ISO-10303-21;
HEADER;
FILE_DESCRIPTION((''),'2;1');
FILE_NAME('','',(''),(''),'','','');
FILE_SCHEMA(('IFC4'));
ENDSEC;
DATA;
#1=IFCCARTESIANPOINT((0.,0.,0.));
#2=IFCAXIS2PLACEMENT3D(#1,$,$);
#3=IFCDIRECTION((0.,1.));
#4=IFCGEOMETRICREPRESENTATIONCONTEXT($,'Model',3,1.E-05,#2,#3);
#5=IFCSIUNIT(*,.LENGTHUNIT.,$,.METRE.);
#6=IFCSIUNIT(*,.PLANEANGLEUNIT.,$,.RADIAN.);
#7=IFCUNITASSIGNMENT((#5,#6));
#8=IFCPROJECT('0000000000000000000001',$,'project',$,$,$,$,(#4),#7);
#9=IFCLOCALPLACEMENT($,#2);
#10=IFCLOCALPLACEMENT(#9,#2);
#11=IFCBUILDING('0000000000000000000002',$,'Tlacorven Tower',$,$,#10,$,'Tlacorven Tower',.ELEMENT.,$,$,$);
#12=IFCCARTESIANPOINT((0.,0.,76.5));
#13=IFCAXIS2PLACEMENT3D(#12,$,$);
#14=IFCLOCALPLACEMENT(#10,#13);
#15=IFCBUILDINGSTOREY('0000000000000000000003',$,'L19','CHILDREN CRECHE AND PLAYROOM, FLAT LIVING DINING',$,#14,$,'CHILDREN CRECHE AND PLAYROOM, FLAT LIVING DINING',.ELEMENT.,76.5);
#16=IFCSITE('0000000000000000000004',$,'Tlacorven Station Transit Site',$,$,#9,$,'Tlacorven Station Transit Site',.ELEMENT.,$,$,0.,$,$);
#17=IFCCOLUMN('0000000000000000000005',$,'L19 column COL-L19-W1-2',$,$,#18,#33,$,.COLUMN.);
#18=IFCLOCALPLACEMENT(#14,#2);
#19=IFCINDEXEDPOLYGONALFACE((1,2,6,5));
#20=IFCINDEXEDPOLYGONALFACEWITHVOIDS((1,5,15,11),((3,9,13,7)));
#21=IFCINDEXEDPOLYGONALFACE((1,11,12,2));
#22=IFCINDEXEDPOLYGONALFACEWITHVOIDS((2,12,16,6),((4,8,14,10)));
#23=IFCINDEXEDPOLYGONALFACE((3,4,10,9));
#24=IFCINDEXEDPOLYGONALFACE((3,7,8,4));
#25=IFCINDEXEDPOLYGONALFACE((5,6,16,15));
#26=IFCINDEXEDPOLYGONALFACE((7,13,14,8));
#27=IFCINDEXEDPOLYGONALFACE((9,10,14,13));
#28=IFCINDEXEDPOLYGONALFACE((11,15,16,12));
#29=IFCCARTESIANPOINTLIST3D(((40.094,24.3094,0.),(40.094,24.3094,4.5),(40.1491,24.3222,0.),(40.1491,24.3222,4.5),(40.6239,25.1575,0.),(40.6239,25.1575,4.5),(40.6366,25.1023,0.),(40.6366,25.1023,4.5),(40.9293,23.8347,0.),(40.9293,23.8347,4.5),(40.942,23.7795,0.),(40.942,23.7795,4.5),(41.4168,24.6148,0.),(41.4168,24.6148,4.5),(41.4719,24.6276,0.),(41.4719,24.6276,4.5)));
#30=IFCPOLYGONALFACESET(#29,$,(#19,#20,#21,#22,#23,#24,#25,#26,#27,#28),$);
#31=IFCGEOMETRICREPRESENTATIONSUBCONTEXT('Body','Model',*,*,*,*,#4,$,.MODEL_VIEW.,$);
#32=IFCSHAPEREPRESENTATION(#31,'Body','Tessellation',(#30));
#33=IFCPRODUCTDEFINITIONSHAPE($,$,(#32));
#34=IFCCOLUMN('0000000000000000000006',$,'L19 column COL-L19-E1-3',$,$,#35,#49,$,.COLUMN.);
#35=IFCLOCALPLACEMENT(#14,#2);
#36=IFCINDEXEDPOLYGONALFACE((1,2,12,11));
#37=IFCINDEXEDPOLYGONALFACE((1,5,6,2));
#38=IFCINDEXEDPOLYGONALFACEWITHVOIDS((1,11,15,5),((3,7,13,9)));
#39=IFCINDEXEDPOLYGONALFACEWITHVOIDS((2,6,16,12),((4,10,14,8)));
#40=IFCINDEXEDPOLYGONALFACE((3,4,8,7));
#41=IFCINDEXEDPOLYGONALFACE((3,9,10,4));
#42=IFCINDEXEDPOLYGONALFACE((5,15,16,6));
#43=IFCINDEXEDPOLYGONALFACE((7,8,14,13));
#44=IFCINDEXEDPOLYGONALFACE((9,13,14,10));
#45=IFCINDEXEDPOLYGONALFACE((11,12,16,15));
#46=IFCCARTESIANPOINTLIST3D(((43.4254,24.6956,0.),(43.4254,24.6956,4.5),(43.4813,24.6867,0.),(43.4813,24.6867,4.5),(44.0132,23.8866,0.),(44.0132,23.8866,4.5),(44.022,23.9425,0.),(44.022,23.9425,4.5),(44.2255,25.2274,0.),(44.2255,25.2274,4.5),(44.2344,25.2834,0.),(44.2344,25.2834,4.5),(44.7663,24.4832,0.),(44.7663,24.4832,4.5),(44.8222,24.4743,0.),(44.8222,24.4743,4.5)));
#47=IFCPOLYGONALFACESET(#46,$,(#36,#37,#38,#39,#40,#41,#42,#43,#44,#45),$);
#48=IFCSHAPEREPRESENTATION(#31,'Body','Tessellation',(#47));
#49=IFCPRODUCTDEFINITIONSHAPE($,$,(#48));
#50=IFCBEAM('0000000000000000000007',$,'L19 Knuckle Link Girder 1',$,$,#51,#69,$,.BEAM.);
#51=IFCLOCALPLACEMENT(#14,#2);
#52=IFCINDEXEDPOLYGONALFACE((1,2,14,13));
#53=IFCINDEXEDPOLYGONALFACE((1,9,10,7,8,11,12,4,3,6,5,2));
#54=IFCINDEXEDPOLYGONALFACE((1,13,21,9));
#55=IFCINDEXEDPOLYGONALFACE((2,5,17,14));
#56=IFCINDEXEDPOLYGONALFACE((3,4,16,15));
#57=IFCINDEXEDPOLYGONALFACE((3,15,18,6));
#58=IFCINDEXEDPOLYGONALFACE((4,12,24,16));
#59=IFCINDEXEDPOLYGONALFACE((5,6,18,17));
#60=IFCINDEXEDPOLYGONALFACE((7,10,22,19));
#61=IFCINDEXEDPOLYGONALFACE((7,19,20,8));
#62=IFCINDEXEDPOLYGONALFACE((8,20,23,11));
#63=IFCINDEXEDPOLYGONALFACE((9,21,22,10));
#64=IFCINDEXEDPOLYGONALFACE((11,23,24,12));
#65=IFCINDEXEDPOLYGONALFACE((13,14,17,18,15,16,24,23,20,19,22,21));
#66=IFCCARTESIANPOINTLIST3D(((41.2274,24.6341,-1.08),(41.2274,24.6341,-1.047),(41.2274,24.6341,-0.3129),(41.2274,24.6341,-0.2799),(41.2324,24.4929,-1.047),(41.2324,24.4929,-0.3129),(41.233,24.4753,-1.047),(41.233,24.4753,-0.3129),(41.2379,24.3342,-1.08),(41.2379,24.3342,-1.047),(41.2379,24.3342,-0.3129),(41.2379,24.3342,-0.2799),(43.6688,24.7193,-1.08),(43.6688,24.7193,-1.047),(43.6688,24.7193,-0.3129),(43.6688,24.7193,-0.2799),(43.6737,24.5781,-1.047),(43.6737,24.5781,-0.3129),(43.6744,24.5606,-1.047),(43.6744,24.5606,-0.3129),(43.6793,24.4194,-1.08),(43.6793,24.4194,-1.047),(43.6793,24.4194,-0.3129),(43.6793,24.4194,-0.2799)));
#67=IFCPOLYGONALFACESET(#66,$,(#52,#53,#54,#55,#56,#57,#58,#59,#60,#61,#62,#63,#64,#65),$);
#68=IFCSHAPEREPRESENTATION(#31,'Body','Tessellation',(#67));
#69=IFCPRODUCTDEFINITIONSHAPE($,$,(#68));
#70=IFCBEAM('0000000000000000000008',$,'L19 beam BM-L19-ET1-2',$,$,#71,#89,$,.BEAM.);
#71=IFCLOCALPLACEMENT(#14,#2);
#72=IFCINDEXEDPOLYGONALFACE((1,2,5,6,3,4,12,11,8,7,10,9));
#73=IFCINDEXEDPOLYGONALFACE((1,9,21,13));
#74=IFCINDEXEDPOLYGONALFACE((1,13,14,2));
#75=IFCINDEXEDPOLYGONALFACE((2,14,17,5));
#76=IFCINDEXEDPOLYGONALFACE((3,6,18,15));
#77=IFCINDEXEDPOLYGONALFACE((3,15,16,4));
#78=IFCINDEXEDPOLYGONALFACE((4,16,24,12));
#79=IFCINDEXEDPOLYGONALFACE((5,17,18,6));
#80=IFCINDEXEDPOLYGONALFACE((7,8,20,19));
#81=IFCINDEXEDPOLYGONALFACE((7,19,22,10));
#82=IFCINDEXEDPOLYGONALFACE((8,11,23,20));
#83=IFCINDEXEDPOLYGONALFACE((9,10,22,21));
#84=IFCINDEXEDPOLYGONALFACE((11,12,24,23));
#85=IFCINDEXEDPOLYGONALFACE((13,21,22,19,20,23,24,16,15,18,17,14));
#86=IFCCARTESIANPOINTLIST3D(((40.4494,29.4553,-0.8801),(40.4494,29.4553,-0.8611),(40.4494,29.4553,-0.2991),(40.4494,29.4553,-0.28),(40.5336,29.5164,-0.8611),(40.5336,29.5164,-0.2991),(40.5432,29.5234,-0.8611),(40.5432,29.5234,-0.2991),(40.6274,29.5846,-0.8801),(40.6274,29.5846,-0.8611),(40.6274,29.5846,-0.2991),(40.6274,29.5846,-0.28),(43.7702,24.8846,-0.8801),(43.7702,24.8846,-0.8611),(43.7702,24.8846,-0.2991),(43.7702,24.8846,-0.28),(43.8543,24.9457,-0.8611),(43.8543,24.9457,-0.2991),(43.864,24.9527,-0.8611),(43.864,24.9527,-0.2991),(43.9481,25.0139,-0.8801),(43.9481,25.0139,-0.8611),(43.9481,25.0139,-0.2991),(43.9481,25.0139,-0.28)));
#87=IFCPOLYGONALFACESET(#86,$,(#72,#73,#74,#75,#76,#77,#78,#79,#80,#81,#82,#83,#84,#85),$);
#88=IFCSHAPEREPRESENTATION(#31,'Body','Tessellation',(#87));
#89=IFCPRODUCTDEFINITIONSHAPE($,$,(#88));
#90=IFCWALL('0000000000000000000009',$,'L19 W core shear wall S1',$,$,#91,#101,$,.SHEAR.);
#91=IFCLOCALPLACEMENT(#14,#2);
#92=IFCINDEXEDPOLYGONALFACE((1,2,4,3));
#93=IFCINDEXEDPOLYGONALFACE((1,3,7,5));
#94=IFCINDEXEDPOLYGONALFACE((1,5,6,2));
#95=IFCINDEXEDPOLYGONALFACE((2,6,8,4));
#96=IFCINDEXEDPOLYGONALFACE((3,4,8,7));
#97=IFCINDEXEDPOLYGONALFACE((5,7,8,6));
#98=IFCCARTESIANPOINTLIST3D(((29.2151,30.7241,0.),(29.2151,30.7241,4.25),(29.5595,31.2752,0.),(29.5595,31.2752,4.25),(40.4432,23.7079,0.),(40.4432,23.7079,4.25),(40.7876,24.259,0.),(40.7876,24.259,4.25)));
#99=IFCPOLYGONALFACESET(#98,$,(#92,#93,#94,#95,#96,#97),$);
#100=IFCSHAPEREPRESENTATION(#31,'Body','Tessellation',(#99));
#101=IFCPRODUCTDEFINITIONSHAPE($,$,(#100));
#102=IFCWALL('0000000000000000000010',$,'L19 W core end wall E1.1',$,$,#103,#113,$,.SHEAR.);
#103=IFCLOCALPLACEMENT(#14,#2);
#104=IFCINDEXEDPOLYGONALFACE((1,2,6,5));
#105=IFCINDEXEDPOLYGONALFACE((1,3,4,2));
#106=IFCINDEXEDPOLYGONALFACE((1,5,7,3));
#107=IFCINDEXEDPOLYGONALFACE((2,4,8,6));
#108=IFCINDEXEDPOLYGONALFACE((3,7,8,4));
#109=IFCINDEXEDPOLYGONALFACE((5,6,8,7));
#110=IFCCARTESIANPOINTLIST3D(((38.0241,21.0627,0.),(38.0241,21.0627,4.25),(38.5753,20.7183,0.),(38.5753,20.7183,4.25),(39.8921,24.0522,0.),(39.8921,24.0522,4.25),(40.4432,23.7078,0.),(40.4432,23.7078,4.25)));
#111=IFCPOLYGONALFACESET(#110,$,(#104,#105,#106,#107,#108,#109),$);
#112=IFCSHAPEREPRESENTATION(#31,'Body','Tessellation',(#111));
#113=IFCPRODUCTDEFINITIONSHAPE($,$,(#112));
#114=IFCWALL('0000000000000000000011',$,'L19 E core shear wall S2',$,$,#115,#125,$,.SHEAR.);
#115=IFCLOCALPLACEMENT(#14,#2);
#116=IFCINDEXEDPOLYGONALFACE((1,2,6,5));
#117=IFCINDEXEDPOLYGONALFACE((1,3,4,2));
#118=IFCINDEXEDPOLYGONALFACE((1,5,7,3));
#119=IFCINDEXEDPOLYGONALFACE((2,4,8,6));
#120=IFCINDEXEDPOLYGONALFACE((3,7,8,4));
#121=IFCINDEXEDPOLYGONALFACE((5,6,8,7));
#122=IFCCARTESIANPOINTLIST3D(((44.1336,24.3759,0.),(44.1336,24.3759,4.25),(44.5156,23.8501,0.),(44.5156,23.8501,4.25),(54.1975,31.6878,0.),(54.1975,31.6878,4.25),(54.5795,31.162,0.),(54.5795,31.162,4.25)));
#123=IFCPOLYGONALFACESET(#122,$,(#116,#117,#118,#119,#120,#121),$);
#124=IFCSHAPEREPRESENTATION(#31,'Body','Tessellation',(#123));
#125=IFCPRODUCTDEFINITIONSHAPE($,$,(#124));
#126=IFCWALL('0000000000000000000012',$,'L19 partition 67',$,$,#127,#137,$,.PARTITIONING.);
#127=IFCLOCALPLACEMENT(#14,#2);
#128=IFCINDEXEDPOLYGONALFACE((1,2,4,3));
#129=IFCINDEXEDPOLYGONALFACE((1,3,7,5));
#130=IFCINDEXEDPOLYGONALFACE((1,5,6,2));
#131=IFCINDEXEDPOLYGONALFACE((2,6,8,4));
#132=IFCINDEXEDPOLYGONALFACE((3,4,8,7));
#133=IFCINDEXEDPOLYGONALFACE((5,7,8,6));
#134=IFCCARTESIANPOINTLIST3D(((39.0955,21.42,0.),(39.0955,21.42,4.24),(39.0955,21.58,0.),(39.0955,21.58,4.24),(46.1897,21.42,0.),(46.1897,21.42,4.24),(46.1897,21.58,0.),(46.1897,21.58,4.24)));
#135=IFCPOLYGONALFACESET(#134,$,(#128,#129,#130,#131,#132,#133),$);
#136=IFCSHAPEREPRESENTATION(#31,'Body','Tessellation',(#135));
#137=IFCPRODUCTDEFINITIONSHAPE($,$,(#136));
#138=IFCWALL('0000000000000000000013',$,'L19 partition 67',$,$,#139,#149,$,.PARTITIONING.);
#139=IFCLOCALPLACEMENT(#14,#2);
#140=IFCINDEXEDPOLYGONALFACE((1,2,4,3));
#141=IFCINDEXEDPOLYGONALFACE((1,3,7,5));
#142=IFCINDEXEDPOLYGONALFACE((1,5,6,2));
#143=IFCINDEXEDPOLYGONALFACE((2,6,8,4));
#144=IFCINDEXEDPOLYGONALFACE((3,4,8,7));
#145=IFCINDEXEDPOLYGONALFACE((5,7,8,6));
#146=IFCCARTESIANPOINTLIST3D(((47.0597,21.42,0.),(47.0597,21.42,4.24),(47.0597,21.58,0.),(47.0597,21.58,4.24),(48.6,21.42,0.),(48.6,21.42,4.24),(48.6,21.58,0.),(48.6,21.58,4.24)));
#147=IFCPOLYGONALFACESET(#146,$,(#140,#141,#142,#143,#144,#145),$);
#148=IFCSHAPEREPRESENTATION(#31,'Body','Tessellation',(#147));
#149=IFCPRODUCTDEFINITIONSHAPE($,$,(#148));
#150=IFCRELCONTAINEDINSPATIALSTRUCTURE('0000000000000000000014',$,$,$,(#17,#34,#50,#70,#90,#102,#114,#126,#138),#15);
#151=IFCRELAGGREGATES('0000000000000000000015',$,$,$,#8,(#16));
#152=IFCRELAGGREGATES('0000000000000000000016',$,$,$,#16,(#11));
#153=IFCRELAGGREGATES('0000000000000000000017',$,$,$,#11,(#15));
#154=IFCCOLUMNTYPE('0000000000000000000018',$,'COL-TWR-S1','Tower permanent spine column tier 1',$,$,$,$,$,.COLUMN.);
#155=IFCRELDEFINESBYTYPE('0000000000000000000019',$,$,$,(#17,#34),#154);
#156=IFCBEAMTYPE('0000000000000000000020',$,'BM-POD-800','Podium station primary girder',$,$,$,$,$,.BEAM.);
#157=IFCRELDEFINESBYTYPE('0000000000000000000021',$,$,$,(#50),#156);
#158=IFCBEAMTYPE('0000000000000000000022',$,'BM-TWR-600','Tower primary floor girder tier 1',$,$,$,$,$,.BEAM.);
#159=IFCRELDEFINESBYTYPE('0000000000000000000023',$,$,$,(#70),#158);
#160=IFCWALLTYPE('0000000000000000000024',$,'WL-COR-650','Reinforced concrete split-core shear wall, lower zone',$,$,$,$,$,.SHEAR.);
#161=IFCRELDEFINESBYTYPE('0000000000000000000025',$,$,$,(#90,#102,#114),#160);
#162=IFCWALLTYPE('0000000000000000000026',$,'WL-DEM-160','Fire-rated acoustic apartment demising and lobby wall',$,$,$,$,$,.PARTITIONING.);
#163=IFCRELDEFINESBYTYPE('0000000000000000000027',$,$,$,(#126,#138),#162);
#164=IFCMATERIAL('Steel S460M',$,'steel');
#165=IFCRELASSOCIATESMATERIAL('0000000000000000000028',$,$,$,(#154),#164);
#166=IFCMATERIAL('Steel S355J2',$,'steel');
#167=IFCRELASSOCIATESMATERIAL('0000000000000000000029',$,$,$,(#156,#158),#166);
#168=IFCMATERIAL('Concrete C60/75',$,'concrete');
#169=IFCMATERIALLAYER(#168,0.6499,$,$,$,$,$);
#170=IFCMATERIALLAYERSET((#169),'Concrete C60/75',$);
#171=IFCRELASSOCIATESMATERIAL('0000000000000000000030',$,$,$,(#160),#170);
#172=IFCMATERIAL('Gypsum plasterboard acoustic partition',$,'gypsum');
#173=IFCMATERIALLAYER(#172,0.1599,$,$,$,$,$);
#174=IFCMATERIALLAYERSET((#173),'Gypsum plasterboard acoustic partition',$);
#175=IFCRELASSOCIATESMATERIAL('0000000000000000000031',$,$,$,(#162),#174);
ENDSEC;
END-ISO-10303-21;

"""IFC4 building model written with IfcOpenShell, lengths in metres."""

from ifc_helpers import new_model, si_unit, direction, frame, frame_2d, origin, origin_2d, place, context, subcontext, project, spatial, rectangle, hollow_rectangle, i_section, extrude, source, transform, mapped, material, layer, layer_set, material_profile, profile_set, type_object, element, save


model = new_model("IFC4")

# Units and contexts
model_context = context("Model", 3, precision=1e-05, world=origin(), true_north=direction((0.0, 1.0)))
body_context = subcontext(model_context, "Body", "Model", "MODEL_VIEW")
ifc_project = project(units=[si_unit("LENGTHUNIT", "METRE"), si_unit("PLANEANGLEUNIT", "RADIAN")], contexts=[model_context])

# Site, building, storey
site_placement = place(None, origin())
site = spatial("IfcSite", under=ifc_project, at=site_placement, Name="Tlacorven Station Transit Site", LongName="Tlacorven Station Transit Site", CompositionType="ELEMENT", RefElevation=0.0)
building_placement = place(site_placement, origin())
building = spatial("IfcBuilding", under=site, at=building_placement, Name="Tlacorven Tower", LongName="Tlacorven Tower", CompositionType="ELEMENT")
storey_placement = place(building_placement, frame((0.0, 0.0, 76.5)))
storey = spatial("IfcBuildingStorey", under=building, at=storey_placement, Name="L19", Description="CHILDREN CRECHE AND PLAYROOM, FLAT LIVING DINING", LongName="CHILDREN CRECHE AND PLAYROOM, FLAT LIVING DINING", CompositionType="ELEMENT", Elevation=76.5)

# Columns
ifc_material_1 = material(Name="Steel S460M", Category="steel")
ifc_material_profile_1 = material_profile(ifc_material_1, hollow_rectangle(XDim=1.0, YDim=1.0, WallThickness=0.04, at=origin_2d()), Name="BOX 1000X1000X40")
ifc_profile_set_1 = profile_set([ifc_material_profile_1], Name="Steel S460M")
column_type = type_object("IfcColumnType", Name="COL-TWR-S1", Description="Tower permanent spine column tier 1", PredefinedType="COLUMN", material=ifc_profile_set_1)
shared_shape_1 = source(origin(), body_context, "Body", "SweptSolid", [
    extrude(hollow_rectangle(XDim=1.0, YDim=1.0, WallThickness=0.04, at=origin_2d()), origin(), (0.0, 0.0, 1.0), 4.5),
])
for number, where, z_axis, x_axis, name in (
    (1, (40.783, 24.4685, 0.0), (0.0, 0.0, 1.0), (-0.848048, 0.529919, 0.0), "L19 column COL-L19-W1-2"),
    (2, (44.1238, 24.585, 0.0), (0.0, 0.0, 1.0), (0.809017, 0.587785, 0.0), "L19 column COL-L19-E1-3"),
):
    element("IfcColumn", number, at=place(storey_placement, frame(where, z_axis=z_axis, x_axis=x_axis)), inside=storey, type_object=column_type, Name=name, PredefinedType="COLUMN", context=body_context, shape_type="MappedRepresentation", body=[
        mapped(shared_shape_1, transform((0.0, 0.0, 0.0), scale=1.0)),
    ])

# Beams
ifc_material_2 = material(Name="Steel S355J2", Category="steel")
ifc_material_profile_2 = material_profile(ifc_material_2, i_section(OverallWidth=0.3, OverallDepth=0.8, WebThickness=0.0176, FlangeThickness=0.033, at=origin_2d()), Name="HEB 800")
ifc_profile_set_2 = profile_set([ifc_material_profile_2], Name="Steel S355J2")
beam_type_1 = type_object("IfcBeamType", Name="BM-POD-800", Description="Podium station primary girder", PredefinedType="BEAM", material=ifc_profile_set_2)
shared_shape_2 = source(origin(), body_context, "Body", "SweptSolid", [
    extrude(i_section(OverallWidth=0.3, OverallDepth=0.8, WebThickness=0.0176, FlangeThickness=0.033, at=origin_2d()), origin(), (0.0, 0.0, 1.0), 2.4429),
])
beam_1_placement = place(storey_placement, frame((41.2327, 24.4841, -0.6799), z_axis=(0.999392, 0.034879, 0.0), x_axis=(-0.034879, 0.999392, 0.0)))
element("IfcBeam", 3, at=beam_1_placement, inside=storey, type_object=beam_type_1, Name="L19 Knuckle Link Girder 1", PredefinedType="BEAM", context=body_context, shape_type="MappedRepresentation", body=[
    mapped(shared_shape_2, transform((0.0, 0.0, 0.0), scale=1.0)),
])
ifc_material_profile_3 = material_profile(ifc_material_2, i_section(OverallWidth=0.22, OverallDepth=0.6001, WebThickness=0.012, FlangeThickness=0.019, at=origin_2d()), Name="IPE 600")
ifc_profile_set_3 = profile_set([ifc_material_profile_3], Name="Steel S355J2")
beam_type_2 = type_object("IfcBeamType", Name="BM-TWR-600", Description="Tower primary floor girder tier 1", PredefinedType="BEAM", material=ifc_profile_set_3)
shared_shape_3 = source(origin(), body_context, "Body", "SweptSolid", [
    extrude(i_section(OverallWidth=0.22, OverallDepth=0.6001, WebThickness=0.012, FlangeThickness=0.019, at=origin_2d()), origin(), (0.0, 0.0, 1.0), 5.6497),
])
beam_2_placement = place(storey_placement, frame((43.8591, 24.9492, -0.5801), z_axis=(-0.587776, 0.809024, 0.0), x_axis=(-0.809024, -0.587776, 0.0)))
element("IfcBeam", 4, at=beam_2_placement, inside=storey, type_object=beam_type_2, Name="L19 beam BM-L19-ET1-2", PredefinedType="BEAM", context=body_context, shape_type="MappedRepresentation", body=[
    mapped(shared_shape_3, transform((0.0, 0.0, 0.0), scale=1.0)),
])

# Walls
ifc_material_3 = material(Name="Concrete C60/75", Category="concrete")
ifc_layer_1 = layer(ifc_material_3, 0.6499)
ifc_layer_set_1 = layer_set([ifc_layer_1], Name="Concrete C60/75")
wall_type_1 = type_object("IfcWallType", Name="WL-COR-650", Description="Reinforced concrete split-core shear wall, lower zone", PredefinedType="SHEAR", material=ifc_layer_set_1)
wall_1_placement = place(storey_placement, frame((40.6155, 23.9834, 0.0), z_axis=(0.0, 0.0, 1.0), x_axis=(-0.848046, 0.529923, 0.0)))
element("IfcWall", 5, at=wall_1_placement, inside=storey, type_object=wall_type_1, Name="L19 W core shear wall S1", PredefinedType="SHEAR", context=body_context, shape_type="SweptSolid", body=[
    extrude(rectangle(XDim=13.24, YDim=0.6499, at=frame_2d((6.6201, 0.0))), origin(), (0.0, 0.0, 1.0), 4.25),
])
wall_2_placement = place(storey_placement, frame((40.1677, 23.8801, 0.0), z_axis=(0.0, 0.0, 1.0), x_axis=(-0.529893, -0.848064, 0.0)))
element("IfcWall", 6, at=wall_2_placement, inside=storey, type_object=wall_type_1, Name="L19 W core end wall E1.1", PredefinedType="SHEAR", context=body_context, shape_type="SweptSolid", body=[
    extrude(rectangle(XDim=3.5251, YDim=0.6499, at=frame_2d((1.7627, 0.0))), origin(), (0.0, 0.0, 1.0), 4.25),
])
wall_3_placement = place(storey_placement, frame((44.3247, 24.113, 0.0), z_axis=(0.0, 0.0, 1.0), x_axis=(0.809013, 0.587791, 0.0)))
element("IfcWall", 7, at=wall_3_placement, inside=storey, type_object=wall_type_1, Name="L19 E core shear wall S2", PredefinedType="SHEAR", context=body_context, shape_type="SweptSolid", body=[
    extrude(rectangle(XDim=12.4397, YDim=0.6499, at=frame_2d((6.2197, 0.0))), origin(), (0.0, 0.0, 1.0), 4.25),
])
ifc_material_4 = material(Name="Gypsum plasterboard acoustic partition", Category="gypsum")
ifc_layer_2 = layer(ifc_material_4, 0.1599)
ifc_layer_set_2 = layer_set([ifc_layer_2], Name="Gypsum plasterboard acoustic partition")
wall_type_2 = type_object("IfcWallType", Name="WL-DEM-160", Description="Fire-rated acoustic apartment demising and lobby wall", PredefinedType="PARTITIONING", material=ifc_layer_set_2)
wall_4_placement = place(storey_placement, frame((39.0955, 21.5, 0.0), z_axis=(0.0, 0.0, 1.0), x_axis=(1.0, 0.0, 0.0)))
element("IfcWall", 8, at=wall_4_placement, inside=storey, type_object=wall_type_2, Name="L19 partition 67", PredefinedType="PARTITIONING", context=body_context, shape_type="SweptSolid", body=[
    extrude(rectangle(XDim=7.0942, YDim=0.1599, at=frame_2d((3.5471, 0.0))), origin(), (0.0, 0.0, 1.0), 4.24),
])
wall_5_placement = place(storey_placement, frame((47.0598, 21.5, 0.0), z_axis=(0.0, 0.0, 1.0), x_axis=(1.0, 0.0, 0.0)))
element("IfcWall", 9, at=wall_5_placement, inside=storey, type_object=wall_type_2, Name="L19 partition 67", PredefinedType="PARTITIONING", context=body_context, shape_type="SweptSolid", body=[
    extrude(rectangle(XDim=1.5403, YDim=0.1599, at=frame_2d((0.77, 0.0))), origin(), (0.0, 0.0, 1.0), 4.24),
])

save(model, "model.ifc")
